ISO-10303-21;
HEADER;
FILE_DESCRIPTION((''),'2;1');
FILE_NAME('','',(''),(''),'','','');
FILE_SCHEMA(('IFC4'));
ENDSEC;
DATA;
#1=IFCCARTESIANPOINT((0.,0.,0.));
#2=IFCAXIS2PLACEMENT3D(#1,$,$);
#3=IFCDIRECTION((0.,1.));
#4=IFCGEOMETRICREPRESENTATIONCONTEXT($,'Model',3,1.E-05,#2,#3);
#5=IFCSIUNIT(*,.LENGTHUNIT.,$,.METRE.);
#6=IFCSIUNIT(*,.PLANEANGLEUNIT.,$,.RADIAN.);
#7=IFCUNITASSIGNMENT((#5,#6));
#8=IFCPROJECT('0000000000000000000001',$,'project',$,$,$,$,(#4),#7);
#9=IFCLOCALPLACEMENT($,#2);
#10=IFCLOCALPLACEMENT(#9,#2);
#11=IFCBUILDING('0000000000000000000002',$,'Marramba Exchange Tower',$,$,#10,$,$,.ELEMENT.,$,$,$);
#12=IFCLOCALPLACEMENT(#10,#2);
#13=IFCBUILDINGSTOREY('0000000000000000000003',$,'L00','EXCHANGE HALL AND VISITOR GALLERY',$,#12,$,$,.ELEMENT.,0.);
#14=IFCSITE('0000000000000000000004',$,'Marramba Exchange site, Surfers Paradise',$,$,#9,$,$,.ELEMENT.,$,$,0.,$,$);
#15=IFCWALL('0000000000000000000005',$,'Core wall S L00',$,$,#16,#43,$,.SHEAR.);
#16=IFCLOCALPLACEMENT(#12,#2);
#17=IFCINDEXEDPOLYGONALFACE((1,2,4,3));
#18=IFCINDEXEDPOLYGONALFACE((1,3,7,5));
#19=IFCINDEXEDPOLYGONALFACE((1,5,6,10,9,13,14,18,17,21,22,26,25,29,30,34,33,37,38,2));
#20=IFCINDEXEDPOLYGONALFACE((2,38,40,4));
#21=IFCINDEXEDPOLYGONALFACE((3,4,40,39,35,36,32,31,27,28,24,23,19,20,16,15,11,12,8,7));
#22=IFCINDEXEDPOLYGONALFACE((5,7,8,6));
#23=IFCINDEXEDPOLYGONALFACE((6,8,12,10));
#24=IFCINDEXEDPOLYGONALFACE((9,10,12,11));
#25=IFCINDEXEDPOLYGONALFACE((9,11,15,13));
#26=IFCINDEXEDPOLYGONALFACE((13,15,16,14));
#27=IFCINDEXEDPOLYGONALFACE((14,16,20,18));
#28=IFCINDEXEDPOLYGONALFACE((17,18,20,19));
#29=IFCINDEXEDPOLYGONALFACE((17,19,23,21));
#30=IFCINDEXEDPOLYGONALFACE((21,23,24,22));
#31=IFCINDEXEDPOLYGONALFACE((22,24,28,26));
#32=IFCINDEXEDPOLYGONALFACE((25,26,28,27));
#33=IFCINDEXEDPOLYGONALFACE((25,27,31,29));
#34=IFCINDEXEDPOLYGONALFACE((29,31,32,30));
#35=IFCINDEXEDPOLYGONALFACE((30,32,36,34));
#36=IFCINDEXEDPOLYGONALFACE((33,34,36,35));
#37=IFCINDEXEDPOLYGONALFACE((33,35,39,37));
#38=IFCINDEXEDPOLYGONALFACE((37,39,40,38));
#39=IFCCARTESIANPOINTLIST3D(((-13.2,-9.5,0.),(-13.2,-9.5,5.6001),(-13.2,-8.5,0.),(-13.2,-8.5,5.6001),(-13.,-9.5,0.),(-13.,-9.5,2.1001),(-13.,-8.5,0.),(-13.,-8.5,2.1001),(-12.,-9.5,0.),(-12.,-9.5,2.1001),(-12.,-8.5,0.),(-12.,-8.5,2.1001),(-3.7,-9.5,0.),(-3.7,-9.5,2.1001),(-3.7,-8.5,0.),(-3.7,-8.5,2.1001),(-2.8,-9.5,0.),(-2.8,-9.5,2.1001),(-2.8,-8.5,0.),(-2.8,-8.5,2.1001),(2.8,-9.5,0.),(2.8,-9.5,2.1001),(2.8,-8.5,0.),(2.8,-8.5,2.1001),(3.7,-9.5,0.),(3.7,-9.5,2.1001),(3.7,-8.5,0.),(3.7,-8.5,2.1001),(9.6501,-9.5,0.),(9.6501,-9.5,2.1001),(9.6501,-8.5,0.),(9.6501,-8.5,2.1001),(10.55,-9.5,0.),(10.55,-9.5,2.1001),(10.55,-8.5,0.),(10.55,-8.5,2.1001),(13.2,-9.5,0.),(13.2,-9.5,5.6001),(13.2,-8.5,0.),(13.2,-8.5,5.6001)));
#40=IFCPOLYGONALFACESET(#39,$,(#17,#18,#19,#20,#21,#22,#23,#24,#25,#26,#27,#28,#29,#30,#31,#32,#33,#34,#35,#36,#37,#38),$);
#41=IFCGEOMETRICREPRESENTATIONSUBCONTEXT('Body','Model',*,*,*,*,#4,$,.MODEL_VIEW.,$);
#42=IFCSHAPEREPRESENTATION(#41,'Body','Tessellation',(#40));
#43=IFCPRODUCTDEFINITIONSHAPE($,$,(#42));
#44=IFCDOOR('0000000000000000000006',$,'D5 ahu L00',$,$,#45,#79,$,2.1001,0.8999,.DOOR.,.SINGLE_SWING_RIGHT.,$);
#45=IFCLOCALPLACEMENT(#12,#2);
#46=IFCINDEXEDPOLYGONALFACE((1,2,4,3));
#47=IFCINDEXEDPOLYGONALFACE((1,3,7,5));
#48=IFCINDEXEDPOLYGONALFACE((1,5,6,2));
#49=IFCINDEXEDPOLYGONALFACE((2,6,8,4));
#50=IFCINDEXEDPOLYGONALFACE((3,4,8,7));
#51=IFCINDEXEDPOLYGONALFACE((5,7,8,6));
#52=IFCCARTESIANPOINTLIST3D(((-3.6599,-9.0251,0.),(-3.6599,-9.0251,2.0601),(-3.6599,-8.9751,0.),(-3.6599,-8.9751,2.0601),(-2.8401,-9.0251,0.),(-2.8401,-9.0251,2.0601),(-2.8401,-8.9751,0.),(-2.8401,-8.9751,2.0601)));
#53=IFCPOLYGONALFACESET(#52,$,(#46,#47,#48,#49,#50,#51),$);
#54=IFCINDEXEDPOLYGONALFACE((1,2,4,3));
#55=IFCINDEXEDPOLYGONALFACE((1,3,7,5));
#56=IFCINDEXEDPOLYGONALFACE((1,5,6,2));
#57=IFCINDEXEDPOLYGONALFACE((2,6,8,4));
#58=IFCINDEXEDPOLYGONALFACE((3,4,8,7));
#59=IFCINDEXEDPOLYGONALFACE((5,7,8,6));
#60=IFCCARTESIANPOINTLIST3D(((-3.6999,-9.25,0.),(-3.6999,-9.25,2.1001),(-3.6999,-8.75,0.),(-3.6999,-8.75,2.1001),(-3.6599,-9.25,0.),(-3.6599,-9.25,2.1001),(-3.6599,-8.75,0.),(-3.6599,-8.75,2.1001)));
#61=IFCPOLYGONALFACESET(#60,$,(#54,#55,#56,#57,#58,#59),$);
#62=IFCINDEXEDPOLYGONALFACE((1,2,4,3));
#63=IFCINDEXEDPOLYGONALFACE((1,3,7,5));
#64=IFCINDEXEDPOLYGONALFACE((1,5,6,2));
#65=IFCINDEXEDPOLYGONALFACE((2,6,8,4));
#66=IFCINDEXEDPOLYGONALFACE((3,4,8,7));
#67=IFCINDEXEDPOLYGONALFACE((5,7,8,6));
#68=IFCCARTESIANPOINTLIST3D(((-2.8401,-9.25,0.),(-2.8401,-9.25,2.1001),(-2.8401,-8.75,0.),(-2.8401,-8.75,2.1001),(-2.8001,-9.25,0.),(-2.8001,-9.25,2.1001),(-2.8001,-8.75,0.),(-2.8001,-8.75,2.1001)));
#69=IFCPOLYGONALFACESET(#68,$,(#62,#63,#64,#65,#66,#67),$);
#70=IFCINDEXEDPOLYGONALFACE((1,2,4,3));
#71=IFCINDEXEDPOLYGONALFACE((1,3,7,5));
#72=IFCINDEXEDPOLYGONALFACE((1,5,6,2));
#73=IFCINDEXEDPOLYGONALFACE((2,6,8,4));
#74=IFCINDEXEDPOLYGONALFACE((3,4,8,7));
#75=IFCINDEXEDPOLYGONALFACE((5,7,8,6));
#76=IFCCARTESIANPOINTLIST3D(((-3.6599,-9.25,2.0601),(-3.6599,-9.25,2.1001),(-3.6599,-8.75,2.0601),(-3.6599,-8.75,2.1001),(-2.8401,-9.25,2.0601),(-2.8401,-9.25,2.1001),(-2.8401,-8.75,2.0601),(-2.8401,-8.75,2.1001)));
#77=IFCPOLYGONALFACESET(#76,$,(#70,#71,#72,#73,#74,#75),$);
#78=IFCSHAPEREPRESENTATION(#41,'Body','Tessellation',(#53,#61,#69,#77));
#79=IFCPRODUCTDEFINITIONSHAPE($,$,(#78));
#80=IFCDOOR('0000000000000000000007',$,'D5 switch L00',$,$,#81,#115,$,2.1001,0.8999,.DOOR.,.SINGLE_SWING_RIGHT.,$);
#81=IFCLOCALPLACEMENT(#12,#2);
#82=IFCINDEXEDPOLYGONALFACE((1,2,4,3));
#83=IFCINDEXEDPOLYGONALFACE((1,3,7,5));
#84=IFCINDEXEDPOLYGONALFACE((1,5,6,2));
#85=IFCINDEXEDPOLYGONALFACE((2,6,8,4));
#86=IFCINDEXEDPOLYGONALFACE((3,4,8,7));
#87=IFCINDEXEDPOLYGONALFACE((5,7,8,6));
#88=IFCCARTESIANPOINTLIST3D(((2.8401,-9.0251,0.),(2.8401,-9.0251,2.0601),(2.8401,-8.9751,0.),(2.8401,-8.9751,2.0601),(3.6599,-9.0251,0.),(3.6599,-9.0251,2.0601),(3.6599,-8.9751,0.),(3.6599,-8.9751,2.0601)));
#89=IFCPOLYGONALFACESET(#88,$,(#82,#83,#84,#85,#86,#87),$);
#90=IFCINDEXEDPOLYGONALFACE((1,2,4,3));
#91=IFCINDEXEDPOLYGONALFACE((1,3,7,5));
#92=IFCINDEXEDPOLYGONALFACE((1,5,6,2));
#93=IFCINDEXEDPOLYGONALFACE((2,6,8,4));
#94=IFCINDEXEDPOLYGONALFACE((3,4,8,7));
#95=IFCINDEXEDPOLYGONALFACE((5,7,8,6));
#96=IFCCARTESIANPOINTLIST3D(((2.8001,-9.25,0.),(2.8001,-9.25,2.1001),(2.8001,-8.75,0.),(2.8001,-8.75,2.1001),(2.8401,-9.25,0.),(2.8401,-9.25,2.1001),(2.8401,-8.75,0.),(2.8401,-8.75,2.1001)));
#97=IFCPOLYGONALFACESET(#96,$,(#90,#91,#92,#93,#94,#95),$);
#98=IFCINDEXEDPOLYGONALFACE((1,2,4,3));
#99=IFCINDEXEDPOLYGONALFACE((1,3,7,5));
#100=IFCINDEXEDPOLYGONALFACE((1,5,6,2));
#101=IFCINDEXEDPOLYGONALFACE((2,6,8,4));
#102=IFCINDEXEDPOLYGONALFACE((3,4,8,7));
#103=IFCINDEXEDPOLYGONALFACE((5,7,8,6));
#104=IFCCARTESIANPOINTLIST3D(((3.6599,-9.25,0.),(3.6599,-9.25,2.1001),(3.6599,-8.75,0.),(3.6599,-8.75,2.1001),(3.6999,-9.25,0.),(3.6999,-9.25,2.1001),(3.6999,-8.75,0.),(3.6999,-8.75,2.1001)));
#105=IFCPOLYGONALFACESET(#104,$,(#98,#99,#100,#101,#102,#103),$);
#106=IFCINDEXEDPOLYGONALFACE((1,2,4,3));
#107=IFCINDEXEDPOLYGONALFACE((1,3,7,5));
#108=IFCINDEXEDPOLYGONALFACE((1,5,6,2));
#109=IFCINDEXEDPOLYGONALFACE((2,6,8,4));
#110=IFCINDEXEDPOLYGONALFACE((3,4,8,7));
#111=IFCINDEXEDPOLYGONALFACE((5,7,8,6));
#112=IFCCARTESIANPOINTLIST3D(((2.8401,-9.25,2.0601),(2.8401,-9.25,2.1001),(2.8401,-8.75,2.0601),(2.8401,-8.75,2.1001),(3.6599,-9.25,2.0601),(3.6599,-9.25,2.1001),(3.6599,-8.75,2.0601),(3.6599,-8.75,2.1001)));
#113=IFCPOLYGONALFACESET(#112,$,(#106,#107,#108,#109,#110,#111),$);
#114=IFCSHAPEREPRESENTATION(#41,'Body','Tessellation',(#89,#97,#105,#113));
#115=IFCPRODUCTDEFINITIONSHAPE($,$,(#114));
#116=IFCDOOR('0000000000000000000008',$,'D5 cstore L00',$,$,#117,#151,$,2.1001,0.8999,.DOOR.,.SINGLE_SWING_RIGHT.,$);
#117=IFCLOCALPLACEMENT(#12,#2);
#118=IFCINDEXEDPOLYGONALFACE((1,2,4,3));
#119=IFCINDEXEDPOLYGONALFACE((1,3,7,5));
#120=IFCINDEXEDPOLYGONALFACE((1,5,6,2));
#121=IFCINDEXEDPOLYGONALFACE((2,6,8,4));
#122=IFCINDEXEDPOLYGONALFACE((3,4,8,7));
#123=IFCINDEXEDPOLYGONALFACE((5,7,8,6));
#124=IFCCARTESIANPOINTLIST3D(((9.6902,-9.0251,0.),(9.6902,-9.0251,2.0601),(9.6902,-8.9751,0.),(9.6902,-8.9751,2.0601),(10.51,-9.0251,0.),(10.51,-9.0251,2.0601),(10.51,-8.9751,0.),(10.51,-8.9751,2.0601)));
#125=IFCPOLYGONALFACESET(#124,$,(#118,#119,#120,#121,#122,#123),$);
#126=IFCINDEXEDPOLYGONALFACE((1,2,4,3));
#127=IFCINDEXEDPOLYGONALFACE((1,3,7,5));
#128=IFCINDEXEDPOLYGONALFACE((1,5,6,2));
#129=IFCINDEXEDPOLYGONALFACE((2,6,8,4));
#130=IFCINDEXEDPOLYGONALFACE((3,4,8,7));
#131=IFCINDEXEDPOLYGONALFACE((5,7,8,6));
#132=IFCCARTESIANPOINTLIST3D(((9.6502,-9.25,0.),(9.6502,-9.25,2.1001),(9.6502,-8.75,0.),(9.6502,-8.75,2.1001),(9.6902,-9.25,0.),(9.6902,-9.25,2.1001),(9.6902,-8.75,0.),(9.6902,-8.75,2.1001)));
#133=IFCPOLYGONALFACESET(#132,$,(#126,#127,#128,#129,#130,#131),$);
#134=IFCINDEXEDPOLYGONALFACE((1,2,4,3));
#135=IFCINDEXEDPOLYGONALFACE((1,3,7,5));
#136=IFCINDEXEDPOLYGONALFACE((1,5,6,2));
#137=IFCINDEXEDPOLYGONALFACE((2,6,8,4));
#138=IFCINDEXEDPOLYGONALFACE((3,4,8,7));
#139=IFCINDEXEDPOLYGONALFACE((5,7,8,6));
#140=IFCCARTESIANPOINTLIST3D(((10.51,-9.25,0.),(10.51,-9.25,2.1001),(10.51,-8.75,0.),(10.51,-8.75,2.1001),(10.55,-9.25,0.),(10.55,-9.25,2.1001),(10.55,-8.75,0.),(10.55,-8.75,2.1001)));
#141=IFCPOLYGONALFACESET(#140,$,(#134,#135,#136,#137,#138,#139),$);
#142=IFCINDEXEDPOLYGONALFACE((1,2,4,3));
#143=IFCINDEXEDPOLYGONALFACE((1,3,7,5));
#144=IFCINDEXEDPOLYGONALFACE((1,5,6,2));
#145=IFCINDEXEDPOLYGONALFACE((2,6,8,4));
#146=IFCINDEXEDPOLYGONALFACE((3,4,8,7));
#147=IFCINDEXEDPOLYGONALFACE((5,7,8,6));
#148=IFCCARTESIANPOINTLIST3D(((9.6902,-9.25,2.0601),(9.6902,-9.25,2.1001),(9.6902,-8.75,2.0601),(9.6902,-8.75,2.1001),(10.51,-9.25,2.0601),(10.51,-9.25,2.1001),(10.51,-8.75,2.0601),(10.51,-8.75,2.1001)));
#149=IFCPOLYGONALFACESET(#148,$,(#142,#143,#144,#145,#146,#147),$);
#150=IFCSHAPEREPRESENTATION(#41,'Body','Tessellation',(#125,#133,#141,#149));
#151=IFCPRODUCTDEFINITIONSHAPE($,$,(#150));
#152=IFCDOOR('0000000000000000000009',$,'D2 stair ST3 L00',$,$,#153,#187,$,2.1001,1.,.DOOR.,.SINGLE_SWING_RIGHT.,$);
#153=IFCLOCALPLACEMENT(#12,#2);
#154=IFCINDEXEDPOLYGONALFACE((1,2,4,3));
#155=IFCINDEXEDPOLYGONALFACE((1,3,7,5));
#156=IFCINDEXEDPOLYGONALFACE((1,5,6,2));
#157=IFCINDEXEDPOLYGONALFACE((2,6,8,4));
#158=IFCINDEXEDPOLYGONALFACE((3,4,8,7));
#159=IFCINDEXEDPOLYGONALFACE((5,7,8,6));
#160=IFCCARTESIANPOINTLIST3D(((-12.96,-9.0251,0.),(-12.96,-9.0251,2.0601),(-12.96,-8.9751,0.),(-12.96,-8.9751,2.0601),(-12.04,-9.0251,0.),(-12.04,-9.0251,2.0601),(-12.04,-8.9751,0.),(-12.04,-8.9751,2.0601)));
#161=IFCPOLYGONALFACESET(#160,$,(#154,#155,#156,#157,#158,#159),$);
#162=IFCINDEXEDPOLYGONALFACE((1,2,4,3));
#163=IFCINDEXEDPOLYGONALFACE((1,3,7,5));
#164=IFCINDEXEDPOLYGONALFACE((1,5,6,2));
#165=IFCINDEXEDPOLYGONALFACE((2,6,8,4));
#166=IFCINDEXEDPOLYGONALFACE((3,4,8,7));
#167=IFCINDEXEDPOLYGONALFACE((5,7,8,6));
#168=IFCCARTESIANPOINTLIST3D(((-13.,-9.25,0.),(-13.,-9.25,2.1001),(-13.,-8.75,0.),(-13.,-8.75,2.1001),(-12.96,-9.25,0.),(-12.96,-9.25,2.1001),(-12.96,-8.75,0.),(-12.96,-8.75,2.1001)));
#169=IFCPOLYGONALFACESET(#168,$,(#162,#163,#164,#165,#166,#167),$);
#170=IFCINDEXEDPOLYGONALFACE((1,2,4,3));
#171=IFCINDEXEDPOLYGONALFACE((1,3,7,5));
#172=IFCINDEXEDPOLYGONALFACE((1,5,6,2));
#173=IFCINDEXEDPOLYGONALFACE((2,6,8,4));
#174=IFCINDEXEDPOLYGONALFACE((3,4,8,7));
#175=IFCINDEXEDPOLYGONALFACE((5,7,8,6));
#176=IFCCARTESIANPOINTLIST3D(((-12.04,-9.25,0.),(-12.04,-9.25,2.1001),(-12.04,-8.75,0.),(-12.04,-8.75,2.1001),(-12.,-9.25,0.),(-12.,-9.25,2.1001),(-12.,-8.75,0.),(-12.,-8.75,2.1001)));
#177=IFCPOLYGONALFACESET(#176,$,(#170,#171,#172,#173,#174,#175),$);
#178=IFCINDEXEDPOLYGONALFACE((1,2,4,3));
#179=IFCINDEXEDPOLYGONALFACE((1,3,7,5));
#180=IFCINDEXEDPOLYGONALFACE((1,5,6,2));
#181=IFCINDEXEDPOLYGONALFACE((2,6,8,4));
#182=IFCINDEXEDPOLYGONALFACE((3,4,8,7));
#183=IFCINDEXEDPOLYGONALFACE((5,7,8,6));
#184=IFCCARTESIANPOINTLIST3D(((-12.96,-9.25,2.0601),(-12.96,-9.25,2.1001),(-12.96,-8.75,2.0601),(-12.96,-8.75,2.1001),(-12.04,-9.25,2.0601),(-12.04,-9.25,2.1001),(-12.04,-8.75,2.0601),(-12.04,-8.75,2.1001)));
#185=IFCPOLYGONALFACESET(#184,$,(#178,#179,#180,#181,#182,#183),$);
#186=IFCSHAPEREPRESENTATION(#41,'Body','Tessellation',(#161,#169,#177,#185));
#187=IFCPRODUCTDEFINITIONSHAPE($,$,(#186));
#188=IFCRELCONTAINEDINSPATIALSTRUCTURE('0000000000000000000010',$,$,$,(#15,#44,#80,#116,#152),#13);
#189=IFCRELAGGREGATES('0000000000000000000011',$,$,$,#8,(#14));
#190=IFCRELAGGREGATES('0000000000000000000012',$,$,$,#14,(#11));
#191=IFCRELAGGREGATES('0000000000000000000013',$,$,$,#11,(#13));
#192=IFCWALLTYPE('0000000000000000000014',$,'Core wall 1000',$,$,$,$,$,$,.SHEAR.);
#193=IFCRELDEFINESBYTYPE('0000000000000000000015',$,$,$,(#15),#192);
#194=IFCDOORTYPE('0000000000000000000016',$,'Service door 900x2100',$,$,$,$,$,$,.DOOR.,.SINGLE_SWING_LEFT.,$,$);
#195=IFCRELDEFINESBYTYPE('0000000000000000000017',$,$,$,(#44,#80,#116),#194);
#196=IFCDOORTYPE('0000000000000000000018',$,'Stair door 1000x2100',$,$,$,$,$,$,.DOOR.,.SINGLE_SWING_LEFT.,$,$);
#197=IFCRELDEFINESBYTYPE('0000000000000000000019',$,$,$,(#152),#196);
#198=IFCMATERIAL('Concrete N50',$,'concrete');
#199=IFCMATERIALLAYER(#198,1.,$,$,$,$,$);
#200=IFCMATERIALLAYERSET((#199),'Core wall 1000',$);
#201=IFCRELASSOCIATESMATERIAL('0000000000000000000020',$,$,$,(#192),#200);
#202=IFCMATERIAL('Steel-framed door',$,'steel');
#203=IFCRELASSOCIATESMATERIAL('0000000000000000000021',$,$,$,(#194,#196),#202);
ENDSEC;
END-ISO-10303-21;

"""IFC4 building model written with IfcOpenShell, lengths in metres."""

from ifc_helpers import new_model, si_unit, direction, frame, frame_2d, origin, place, context, subcontext, project, spatial, rectangle, extrude, material, layer, layer_set, type_object, element, fill, save


model = new_model("IFC4")

# Units and contexts
model_context = context("Model", 3, precision=1e-05, world=origin(), true_north=direction((0.0, 1.0)))
body_context = subcontext(model_context, "Body", "Model", "MODEL_VIEW")
ifc_project = project(units=[si_unit("LENGTHUNIT", "METRE"), si_unit("PLANEANGLEUNIT", "RADIAN")], contexts=[model_context])

# Site, building, storey
site_placement = place(None, origin())
site = spatial("IfcSite", under=ifc_project, at=site_placement, Name="Marramba Exchange site, Surfers Paradise", CompositionType="ELEMENT", RefElevation=0.0)
building_placement = place(site_placement, origin())
building = spatial("IfcBuilding", under=site, at=building_placement, Name="Marramba Exchange Tower", CompositionType="ELEMENT")
storey_placement = place(building_placement, origin())
storey = spatial("IfcBuildingStorey", under=building, at=storey_placement, Name="L00", Description="EXCHANGE HALL AND VISITOR GALLERY", CompositionType="ELEMENT", Elevation=0.0)

# Wall, openings, doors
ifc_material_1 = material(Name="Concrete N50", Category="concrete")
ifc_layer_1 = layer(ifc_material_1, 1.0)
ifc_layer_set_1 = layer_set([ifc_layer_1], Name="Core wall 1000")
wall_type_1 = type_object("IfcWallType", Name="Core wall 1000", PredefinedType="SHEAR", material=ifc_layer_set_1)
wall_1_placement = place(storey_placement, frame((-13.2, -9.0, 0.0), z_axis=(0.0, 0.0, 1.0), x_axis=(1.0, 0.0, 0.0)))
wall_1 = element("IfcWall", 1, at=wall_1_placement, inside=storey, type_object=wall_type_1, Name="Core wall S L00", PredefinedType="SHEAR", context=body_context, shape_type="SweptSolid", body=[
    extrude(rectangle(XDim=26.3999, YDim=1.0, at=frame_2d((13.2, 0.0))), origin(), (0.0, 0.0, 1.0), 5.6001),
])
opening_1_placement = place(wall_1_placement, frame((0.2, 0.0, 0.0)))
opening_1 = element("IfcOpeningElement", 2, at=opening_1_placement, cuts=wall_1, PredefinedType="OPENING", context=body_context, shape_type="SweptSolid", body=[
    extrude(rectangle(XDim=1.0, YDim=2.1001, at=frame_2d((0.5, 1.05))), frame((0.0, 0.51, 0.0), z_axis=(0.0, -1.0, 0.0), x_axis=(1.0, 0.0, 0.0)), (0.0, 0.0, 1.0), 1.02),
])
opening_2_placement = place(wall_1_placement, frame((9.5, 0.0, 0.0)))
opening_2 = element("IfcOpeningElement", 3, at=opening_2_placement, cuts=wall_1, PredefinedType="OPENING", context=body_context, shape_type="SweptSolid", body=[
    extrude(rectangle(XDim=0.8999, YDim=2.1001, at=frame_2d((0.45, 1.05))), frame((0.0, 0.51, 0.0), z_axis=(0.0, -1.0, 0.0), x_axis=(1.0, 0.0, 0.0)), (0.0, 0.0, 1.0), 1.02),
])
opening_3_placement = place(wall_1_placement, frame((16.0, 0.0, 0.0)))
opening_3 = element("IfcOpeningElement", 4, at=opening_3_placement, cuts=wall_1, PredefinedType="OPENING", context=body_context, shape_type="SweptSolid", body=[
    extrude(rectangle(XDim=0.8999, YDim=2.1001, at=frame_2d((0.45, 1.05))), frame((0.0, 0.51, 0.0), z_axis=(0.0, -1.0, 0.0), x_axis=(1.0, 0.0, 0.0)), (0.0, 0.0, 1.0), 1.02),
])
opening_4_placement = place(wall_1_placement, frame((22.8501, 0.0, 0.0)))
opening_4 = element("IfcOpeningElement", 5, at=opening_4_placement, cuts=wall_1, PredefinedType="OPENING", context=body_context, shape_type="SweptSolid", body=[
    extrude(rectangle(XDim=0.8999, YDim=2.1001, at=frame_2d((0.45, 1.05))), frame((0.0, 0.51, 0.0), z_axis=(0.0, -1.0, 0.0), x_axis=(1.0, 0.0, 0.0)), (0.0, 0.0, 1.0), 1.02),
])
ifc_material_2 = material(Name="Steel-framed door", Category="steel")
door_type_1 = type_object("IfcDoorType", Name="Service door 900x2100", OperationType="SINGLE_SWING_LEFT", PredefinedType="DOOR", material=ifc_material_2)
door_1_placement = place(opening_2_placement, origin())
door_1 = element("IfcDoor", 6, at=door_1_placement, inside=storey, type_object=door_type_1, Name="D5 ahu L00", OperationType="SINGLE_SWING_RIGHT", OverallHeight=2.1001, OverallWidth=0.8999, PredefinedType="DOOR", context=body_context, shape_type="SweptSolid", body=[
    extrude(rectangle(XDim=0.8198, YDim=2.0601, at=frame_2d((0.45, 1.03))), frame((0.0, 0.0249, 0.0), z_axis=(0.0, -1.0, 0.0), x_axis=(1.0, 0.0, 0.0)), (0.0, 0.0, 1.0), 0.05),
    extrude(rectangle(XDim=0.04, YDim=2.1001, at=frame_2d((0.02, 1.05))), frame((0.0, 0.25, 0.0), z_axis=(0.0, -1.0, 0.0), x_axis=(1.0, 0.0, 0.0)), (0.0, 0.0, 1.0), 0.5),
    extrude(rectangle(XDim=0.04, YDim=2.1001, at=frame_2d((0.8799, 1.05))), frame((0.0, 0.25, 0.0), z_axis=(0.0, -1.0, 0.0), x_axis=(1.0, 0.0, 0.0)), (0.0, 0.0, 1.0), 0.5),
    extrude(rectangle(XDim=0.8198, YDim=0.04, at=frame_2d((0.45, 2.0801))), frame((0.0, 0.25, 0.0), z_axis=(0.0, -1.0, 0.0), x_axis=(1.0, 0.0, 0.0)), (0.0, 0.0, 1.0), 0.5),
])
fill(opening_2, door_1)
door_2_placement = place(opening_3_placement, origin())
door_2 = element("IfcDoor", 7, at=door_2_placement, inside=storey, type_object=door_type_1, Name="D5 switch L00", OperationType="SINGLE_SWING_RIGHT", OverallHeight=2.1001, OverallWidth=0.8999, PredefinedType="DOOR", context=body_context, shape_type="SweptSolid", body=[
    extrude(rectangle(XDim=0.8198, YDim=2.0601, at=frame_2d((0.45, 1.03))), frame((0.0, 0.0249, 0.0), z_axis=(0.0, -1.0, 0.0), x_axis=(1.0, 0.0, 0.0)), (0.0, 0.0, 1.0), 0.05),
    extrude(rectangle(XDim=0.04, YDim=2.1001, at=frame_2d((0.02, 1.05))), frame((0.0, 0.25, 0.0), z_axis=(0.0, -1.0, 0.0), x_axis=(1.0, 0.0, 0.0)), (0.0, 0.0, 1.0), 0.5),
    extrude(rectangle(XDim=0.04, YDim=2.1001, at=frame_2d((0.8799, 1.05))), frame((0.0, 0.25, 0.0), z_axis=(0.0, -1.0, 0.0), x_axis=(1.0, 0.0, 0.0)), (0.0, 0.0, 1.0), 0.5),
    extrude(rectangle(XDim=0.8198, YDim=0.04, at=frame_2d((0.45, 2.0801))), frame((0.0, 0.25, 0.0), z_axis=(0.0, -1.0, 0.0), x_axis=(1.0, 0.0, 0.0)), (0.0, 0.0, 1.0), 0.5),
])
fill(opening_3, door_2)
door_3_placement = place(opening_4_placement, origin())
door_3 = element("IfcDoor", 8, at=door_3_placement, inside=storey, type_object=door_type_1, Name="D5 cstore L00", OperationType="SINGLE_SWING_RIGHT", OverallHeight=2.1001, OverallWidth=0.8999, PredefinedType="DOOR", context=body_context, shape_type="SweptSolid", body=[
    extrude(rectangle(XDim=0.8198, YDim=2.0601, at=frame_2d((0.45, 1.03))), frame((0.0, 0.0249, 0.0), z_axis=(0.0, -1.0, 0.0), x_axis=(1.0, 0.0, 0.0)), (0.0, 0.0, 1.0), 0.05),
    extrude(rectangle(XDim=0.04, YDim=2.1001, at=frame_2d((0.02, 1.05))), frame((0.0, 0.25, 0.0), z_axis=(0.0, -1.0, 0.0), x_axis=(1.0, 0.0, 0.0)), (0.0, 0.0, 1.0), 0.5),
    extrude(rectangle(XDim=0.04, YDim=2.1001, at=frame_2d((0.8799, 1.05))), frame((0.0, 0.25, 0.0), z_axis=(0.0, -1.0, 0.0), x_axis=(1.0, 0.0, 0.0)), (0.0, 0.0, 1.0), 0.5),
    extrude(rectangle(XDim=0.8198, YDim=0.04, at=frame_2d((0.45, 2.0801))), frame((0.0, 0.25, 0.0), z_axis=(0.0, -1.0, 0.0), x_axis=(1.0, 0.0, 0.0)), (0.0, 0.0, 1.0), 0.5),
])
fill(opening_4, door_3)
door_type_2 = type_object("IfcDoorType", Name="Stair door 1000x2100", OperationType="SINGLE_SWING_LEFT", PredefinedType="DOOR", material=ifc_material_2)
door_4_placement = place(opening_1_placement, frame((1.0, 0.0, 0.0), z_axis=(0.0, 0.0, 1.0), x_axis=(-1.0, 0.0, 0.0)))
door_4 = element("IfcDoor", 9, at=door_4_placement, inside=storey, type_object=door_type_2, Name="D2 stair ST3 L00", OperationType="SINGLE_SWING_RIGHT", OverallHeight=2.1001, OverallWidth=1.0, PredefinedType="DOOR", context=body_context, shape_type="SweptSolid", body=[
    extrude(rectangle(XDim=0.9199, YDim=2.0601, at=frame_2d((0.5, 1.03))), frame((0.0, 0.0251, 0.0), z_axis=(0.0, -1.0, 0.0), x_axis=(1.0, 0.0, 0.0)), (0.0, 0.0, 1.0), 0.05),
    extrude(rectangle(XDim=0.04, YDim=2.1001, at=frame_2d((0.98, 1.05))), frame((0.0, 0.25, 0.0), z_axis=(0.0, -1.0, 0.0), x_axis=(1.0, 0.0, 0.0)), (0.0, 0.0, 1.0), 0.5),
    extrude(rectangle(XDim=0.04, YDim=2.1001, at=frame_2d((0.02, 1.05))), frame((0.0, 0.25, 0.0), z_axis=(0.0, -1.0, 0.0), x_axis=(1.0, 0.0, 0.0)), (0.0, 0.0, 1.0), 0.5),
    extrude(rectangle(XDim=0.9199, YDim=0.04, at=frame_2d((0.5, 2.0801))), frame((0.0, 0.25, 0.0), z_axis=(0.0, -1.0, 0.0), x_axis=(1.0, 0.0, 0.0)), (0.0, 0.0, 1.0), 0.5),
])
fill(opening_1, door_4)

save(model, "model.ifc")
